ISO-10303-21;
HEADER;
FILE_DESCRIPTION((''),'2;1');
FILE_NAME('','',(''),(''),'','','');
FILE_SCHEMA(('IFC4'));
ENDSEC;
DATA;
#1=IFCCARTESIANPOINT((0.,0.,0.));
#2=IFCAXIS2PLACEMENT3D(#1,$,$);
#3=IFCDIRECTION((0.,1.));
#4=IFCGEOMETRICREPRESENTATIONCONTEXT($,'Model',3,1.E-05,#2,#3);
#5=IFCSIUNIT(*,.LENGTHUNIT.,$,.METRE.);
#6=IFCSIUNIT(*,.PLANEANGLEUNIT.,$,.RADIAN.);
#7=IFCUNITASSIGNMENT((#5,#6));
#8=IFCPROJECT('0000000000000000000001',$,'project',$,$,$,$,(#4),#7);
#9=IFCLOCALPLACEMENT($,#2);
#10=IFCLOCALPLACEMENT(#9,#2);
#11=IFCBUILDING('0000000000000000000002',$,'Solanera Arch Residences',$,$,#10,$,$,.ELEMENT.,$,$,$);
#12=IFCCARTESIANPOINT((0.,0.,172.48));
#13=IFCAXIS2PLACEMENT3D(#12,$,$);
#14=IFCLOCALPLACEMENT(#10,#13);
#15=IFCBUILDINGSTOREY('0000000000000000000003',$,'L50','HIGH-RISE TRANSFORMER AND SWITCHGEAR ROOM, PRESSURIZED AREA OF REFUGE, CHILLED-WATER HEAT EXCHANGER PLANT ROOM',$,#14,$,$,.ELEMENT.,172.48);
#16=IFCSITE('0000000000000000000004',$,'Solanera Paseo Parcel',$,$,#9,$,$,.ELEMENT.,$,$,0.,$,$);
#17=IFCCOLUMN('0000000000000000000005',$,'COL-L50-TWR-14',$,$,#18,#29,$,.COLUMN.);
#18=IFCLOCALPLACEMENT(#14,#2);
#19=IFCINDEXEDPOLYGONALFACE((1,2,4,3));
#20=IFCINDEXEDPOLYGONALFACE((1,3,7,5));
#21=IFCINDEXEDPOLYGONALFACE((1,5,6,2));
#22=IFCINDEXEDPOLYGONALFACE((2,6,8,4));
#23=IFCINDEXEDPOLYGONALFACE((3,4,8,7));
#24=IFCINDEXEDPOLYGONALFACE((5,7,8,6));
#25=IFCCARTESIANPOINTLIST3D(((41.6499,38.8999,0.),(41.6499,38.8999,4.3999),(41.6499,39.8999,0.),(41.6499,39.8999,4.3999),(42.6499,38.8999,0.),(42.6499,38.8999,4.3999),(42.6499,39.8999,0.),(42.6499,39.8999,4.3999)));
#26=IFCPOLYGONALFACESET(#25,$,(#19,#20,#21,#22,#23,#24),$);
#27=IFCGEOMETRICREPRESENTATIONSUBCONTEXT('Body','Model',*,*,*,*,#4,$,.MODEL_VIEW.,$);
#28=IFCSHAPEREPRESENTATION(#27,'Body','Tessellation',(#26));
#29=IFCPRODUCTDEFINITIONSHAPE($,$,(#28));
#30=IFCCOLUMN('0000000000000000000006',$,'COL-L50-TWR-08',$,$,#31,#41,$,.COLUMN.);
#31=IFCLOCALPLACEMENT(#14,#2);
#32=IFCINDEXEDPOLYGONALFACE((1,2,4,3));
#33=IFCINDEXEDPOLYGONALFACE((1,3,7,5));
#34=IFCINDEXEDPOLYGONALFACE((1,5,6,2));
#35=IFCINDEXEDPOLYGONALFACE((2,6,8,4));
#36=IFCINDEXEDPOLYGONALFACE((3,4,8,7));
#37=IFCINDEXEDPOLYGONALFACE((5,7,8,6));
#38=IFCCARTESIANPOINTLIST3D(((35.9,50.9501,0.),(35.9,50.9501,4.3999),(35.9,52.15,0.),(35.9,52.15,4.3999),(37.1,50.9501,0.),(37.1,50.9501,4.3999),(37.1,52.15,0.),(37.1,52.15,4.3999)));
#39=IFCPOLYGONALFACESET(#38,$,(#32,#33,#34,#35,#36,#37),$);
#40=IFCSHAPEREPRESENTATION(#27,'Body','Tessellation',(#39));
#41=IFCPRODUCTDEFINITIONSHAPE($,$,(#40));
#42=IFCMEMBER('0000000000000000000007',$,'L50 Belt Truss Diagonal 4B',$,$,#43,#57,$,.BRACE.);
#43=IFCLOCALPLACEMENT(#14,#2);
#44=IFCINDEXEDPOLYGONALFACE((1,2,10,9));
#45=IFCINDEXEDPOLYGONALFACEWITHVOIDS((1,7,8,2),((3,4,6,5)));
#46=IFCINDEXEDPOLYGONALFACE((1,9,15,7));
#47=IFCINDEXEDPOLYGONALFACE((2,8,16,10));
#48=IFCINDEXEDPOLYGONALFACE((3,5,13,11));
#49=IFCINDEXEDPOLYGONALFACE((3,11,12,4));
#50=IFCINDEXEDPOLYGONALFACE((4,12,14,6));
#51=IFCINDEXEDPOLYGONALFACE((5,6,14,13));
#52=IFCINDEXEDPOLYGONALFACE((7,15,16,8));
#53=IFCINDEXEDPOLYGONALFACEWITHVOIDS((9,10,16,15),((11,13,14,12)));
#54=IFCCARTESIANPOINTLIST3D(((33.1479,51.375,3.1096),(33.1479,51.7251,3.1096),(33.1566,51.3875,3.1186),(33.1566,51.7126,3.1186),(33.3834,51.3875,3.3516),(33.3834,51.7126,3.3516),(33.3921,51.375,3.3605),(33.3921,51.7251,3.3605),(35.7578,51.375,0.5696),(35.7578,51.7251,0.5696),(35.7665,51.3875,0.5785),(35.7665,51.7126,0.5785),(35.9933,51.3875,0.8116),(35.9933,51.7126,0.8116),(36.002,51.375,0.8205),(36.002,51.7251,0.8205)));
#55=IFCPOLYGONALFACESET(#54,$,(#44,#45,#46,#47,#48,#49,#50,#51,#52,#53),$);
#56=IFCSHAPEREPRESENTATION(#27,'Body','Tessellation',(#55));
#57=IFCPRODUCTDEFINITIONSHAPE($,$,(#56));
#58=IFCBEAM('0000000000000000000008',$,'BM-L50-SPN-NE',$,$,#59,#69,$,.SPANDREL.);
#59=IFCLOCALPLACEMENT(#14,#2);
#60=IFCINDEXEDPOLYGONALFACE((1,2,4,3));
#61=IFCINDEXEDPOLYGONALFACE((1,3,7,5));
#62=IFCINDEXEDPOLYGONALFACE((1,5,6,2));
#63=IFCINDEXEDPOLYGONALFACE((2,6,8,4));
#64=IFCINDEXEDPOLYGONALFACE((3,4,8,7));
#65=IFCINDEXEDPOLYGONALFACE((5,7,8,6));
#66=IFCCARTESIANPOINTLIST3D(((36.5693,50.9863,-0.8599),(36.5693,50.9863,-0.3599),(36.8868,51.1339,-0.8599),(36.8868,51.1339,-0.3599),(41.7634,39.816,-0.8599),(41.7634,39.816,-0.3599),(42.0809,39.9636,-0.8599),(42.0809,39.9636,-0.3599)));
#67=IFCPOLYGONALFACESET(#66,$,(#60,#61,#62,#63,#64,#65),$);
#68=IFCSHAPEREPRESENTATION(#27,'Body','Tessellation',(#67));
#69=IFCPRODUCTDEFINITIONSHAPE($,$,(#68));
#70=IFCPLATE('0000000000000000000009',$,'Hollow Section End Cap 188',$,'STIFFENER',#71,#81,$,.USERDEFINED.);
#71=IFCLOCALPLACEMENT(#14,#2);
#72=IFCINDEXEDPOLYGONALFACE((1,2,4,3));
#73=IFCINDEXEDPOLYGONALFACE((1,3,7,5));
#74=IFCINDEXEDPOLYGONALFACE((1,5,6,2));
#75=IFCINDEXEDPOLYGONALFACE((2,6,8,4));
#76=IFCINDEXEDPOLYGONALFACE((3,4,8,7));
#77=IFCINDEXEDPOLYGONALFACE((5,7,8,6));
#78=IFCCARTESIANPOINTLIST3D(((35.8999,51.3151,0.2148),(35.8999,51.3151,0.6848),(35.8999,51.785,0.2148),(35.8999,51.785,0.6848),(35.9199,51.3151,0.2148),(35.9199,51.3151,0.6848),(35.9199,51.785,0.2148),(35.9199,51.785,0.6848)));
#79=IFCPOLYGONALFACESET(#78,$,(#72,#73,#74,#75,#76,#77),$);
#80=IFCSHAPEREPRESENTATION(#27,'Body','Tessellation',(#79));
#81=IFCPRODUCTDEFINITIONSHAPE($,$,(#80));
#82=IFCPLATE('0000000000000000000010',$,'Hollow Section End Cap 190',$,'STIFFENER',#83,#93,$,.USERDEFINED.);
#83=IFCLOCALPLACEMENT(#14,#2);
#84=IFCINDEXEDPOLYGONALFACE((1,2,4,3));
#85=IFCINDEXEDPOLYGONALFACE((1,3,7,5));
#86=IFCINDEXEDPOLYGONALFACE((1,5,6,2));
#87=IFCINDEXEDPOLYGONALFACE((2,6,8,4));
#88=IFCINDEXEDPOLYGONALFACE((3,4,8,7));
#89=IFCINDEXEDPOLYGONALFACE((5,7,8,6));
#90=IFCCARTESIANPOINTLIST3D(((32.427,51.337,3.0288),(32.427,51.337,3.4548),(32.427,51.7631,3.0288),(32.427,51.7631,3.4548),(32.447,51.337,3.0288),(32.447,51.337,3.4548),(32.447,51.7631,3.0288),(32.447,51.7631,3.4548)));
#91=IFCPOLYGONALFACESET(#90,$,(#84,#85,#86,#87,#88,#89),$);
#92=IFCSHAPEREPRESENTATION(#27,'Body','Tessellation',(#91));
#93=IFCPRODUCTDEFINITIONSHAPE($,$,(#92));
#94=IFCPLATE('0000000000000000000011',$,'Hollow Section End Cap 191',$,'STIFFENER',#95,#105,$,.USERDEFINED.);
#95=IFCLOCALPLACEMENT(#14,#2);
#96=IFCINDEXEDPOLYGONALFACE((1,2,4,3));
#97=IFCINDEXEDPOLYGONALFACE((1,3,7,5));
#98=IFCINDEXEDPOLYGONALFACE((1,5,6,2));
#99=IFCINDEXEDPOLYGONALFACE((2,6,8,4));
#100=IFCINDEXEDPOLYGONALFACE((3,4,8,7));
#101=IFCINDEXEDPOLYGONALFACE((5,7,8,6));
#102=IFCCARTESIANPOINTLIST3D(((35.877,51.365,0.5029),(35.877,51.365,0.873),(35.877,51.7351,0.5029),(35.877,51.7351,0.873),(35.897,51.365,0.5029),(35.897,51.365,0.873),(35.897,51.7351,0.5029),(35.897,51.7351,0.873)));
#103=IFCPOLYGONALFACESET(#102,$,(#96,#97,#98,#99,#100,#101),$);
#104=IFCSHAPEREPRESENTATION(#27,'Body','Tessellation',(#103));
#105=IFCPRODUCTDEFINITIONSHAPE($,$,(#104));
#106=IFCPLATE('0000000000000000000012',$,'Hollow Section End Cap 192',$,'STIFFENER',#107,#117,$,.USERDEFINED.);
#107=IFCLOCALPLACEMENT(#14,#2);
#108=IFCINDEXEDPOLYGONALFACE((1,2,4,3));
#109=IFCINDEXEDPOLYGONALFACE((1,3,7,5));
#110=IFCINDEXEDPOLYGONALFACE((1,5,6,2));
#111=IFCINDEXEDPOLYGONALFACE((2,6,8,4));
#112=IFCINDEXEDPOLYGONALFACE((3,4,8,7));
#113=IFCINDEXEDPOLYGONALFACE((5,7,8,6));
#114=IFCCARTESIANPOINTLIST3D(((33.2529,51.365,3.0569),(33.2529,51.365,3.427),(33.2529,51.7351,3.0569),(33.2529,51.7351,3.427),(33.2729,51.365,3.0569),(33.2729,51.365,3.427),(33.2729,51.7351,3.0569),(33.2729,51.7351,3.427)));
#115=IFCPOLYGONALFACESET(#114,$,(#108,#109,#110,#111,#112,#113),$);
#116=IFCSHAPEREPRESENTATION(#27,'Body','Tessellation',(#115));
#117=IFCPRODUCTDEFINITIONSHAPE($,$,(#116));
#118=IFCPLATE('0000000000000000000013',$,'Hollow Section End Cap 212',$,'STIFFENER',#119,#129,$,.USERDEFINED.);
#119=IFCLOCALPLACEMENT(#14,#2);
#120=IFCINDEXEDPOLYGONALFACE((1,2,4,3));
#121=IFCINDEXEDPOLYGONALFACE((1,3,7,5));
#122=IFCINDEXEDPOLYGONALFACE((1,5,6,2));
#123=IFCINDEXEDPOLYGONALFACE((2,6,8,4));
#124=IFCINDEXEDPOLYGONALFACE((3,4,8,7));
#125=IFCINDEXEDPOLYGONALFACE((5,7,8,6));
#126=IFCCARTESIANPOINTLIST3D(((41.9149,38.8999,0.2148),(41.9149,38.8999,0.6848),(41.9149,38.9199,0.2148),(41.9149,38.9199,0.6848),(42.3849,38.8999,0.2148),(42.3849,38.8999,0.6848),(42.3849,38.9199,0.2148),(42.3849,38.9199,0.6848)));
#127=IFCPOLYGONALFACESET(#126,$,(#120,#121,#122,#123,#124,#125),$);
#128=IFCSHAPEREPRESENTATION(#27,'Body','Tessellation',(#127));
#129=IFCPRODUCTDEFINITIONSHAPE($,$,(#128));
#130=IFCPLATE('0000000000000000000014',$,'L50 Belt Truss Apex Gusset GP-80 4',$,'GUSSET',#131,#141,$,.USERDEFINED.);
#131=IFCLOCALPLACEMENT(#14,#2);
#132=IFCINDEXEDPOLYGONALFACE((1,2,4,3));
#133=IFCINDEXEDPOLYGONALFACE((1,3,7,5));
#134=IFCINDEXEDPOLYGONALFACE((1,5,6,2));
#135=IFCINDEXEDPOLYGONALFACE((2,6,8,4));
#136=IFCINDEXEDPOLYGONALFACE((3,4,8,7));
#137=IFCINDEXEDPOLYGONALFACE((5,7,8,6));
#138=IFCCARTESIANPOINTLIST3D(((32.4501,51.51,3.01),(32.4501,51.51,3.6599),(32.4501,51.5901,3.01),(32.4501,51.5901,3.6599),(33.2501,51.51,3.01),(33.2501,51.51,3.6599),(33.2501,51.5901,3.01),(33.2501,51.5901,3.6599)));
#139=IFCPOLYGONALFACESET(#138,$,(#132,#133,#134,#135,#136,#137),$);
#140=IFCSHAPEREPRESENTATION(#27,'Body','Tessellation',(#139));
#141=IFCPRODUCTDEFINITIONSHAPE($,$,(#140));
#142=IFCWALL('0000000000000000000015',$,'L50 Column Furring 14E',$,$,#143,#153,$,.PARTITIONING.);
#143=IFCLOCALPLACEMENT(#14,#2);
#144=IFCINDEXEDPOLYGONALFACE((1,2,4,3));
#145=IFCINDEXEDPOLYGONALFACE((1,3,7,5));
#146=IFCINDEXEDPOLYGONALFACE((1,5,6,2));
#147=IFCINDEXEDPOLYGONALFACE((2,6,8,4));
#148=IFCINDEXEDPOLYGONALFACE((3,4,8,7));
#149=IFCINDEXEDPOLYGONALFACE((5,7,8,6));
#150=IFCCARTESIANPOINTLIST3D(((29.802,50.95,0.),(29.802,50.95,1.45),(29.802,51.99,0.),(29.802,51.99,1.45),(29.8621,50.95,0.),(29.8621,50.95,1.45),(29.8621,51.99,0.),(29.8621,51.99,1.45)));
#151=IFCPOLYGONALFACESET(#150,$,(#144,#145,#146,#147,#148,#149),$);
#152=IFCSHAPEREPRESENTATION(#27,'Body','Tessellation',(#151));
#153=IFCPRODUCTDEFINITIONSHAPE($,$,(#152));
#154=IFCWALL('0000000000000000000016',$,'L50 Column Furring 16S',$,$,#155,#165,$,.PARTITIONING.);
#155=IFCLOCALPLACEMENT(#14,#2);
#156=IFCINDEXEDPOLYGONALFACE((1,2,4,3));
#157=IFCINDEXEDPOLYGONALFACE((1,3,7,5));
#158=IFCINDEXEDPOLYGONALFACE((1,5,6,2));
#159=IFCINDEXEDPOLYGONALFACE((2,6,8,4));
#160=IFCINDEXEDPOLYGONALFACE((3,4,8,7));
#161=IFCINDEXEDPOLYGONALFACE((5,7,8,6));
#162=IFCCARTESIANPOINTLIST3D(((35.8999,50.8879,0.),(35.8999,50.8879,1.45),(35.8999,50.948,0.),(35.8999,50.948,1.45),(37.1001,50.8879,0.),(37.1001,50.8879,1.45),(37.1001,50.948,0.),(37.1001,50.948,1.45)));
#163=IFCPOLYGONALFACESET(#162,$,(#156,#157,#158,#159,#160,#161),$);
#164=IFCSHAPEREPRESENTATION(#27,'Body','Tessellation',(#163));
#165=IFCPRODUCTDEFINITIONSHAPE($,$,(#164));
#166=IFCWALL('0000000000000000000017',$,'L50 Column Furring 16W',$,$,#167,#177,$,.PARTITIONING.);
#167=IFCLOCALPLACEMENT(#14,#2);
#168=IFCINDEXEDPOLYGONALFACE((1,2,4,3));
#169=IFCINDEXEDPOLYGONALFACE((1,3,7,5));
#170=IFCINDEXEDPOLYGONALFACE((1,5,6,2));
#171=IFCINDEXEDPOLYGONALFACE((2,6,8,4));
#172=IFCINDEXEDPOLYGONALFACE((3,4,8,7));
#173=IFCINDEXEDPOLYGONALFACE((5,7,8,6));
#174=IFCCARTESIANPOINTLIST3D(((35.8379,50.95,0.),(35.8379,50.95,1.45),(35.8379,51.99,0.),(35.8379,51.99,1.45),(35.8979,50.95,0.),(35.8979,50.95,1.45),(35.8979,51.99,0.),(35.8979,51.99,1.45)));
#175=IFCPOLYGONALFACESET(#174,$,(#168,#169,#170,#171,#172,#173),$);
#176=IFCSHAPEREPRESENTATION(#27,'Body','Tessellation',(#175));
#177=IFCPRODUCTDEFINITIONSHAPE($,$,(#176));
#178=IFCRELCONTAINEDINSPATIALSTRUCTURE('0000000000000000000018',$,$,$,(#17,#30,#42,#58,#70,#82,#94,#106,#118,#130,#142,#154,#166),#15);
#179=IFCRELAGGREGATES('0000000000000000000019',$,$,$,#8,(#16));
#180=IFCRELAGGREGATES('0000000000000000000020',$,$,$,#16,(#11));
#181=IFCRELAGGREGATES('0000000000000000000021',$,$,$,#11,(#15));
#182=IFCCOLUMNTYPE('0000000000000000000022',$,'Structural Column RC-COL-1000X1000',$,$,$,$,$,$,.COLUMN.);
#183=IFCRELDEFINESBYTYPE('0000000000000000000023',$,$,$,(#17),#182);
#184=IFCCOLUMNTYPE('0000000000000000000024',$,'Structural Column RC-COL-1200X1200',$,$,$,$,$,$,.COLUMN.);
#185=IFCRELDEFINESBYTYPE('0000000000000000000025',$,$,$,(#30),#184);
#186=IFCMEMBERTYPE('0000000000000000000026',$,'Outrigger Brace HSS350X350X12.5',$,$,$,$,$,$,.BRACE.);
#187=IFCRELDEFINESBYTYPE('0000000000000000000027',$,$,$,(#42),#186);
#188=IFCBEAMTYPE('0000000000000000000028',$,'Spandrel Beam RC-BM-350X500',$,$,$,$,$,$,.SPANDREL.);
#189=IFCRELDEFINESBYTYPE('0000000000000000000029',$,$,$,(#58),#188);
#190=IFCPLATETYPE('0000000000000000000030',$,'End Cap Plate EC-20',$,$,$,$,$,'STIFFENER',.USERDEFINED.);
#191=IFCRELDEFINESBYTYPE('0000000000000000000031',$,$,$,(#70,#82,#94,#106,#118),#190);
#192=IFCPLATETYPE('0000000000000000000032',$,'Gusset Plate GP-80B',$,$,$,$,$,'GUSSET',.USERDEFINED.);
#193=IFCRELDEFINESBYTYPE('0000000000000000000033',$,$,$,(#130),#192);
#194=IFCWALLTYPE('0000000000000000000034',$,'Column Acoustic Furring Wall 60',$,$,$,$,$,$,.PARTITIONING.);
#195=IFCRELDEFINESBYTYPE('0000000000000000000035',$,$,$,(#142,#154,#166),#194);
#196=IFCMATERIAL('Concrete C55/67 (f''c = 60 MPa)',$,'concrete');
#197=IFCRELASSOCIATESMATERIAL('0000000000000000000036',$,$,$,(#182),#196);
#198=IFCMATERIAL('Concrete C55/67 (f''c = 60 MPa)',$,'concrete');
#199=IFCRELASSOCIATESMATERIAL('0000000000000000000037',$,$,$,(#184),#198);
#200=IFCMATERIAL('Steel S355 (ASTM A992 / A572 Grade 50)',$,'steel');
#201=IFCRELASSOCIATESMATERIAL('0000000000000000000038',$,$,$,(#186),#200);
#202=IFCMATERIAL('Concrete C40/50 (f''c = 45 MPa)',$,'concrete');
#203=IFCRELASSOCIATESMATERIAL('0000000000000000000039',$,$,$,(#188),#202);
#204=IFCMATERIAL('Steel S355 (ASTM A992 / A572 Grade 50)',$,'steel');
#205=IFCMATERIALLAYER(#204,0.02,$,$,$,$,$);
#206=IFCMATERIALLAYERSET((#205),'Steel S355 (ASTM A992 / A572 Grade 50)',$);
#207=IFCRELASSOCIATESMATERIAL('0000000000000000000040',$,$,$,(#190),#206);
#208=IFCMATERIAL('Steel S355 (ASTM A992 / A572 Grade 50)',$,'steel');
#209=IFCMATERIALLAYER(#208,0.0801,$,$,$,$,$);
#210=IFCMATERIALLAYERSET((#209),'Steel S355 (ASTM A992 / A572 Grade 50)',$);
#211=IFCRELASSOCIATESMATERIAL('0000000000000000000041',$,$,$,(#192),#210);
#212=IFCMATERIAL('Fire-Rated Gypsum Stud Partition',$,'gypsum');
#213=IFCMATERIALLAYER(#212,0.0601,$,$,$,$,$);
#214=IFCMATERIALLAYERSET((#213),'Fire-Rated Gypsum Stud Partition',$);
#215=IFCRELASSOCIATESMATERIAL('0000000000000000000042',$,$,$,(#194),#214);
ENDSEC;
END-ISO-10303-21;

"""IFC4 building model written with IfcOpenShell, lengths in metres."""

from ifc_helpers import new_model, si_unit, direction, frame, frame_2d, origin, origin_2d, place, context, subcontext, project, spatial, rectangle, hollow_rectangle, extrude, material, layer, layer_set, material_profile, profile_set, type_object, element, save


model = new_model("IFC4")

# Units and contexts
model_context = context("Model", 3, precision=1e-05, world=origin(), true_north=direction((0.0, 1.0)))
body_context = subcontext(model_context, "Body", "Model", "MODEL_VIEW")
ifc_project = project(units=[si_unit("LENGTHUNIT", "METRE"), si_unit("PLANEANGLEUNIT", "RADIAN")], contexts=[model_context])

# Site, building, storey
site_placement = place(None, origin())
site = spatial("IfcSite", under=ifc_project, at=site_placement, Name="Solanera Paseo Parcel", CompositionType="ELEMENT", RefElevation=0.0)
building_placement = place(site_placement, origin())
building = spatial("IfcBuilding", under=site, at=building_placement, Name="Solanera Arch Residences", CompositionType="ELEMENT")
storey_placement = place(building_placement, frame((0.0, 0.0, 172.48)))
storey = spatial("IfcBuildingStorey", under=building, at=storey_placement, Name="L50", Description="HIGH-RISE TRANSFORMER AND SWITCHGEAR ROOM, PRESSURIZED AREA OF REFUGE, CHILLED-WATER HEAT EXCHANGER PLANT ROOM", CompositionType="ELEMENT", Elevation=172.48)

# Columns
ifc_material_1 = material(Name="Concrete C55/67 (f'c = 60 MPa)", Category="concrete")
ifc_material_profile_1 = material_profile(ifc_material_1, rectangle(XDim=1.0, YDim=1.0, at=origin_2d()))
ifc_profile_set_1 = profile_set([ifc_material_profile_1], Name="Concrete C55/67 (f'c = 60 MPa)")
column_type_1 = type_object("IfcColumnType", Name="Structural Column RC-COL-1000X1000", PredefinedType="COLUMN", material=ifc_profile_set_1)
column_1_placement = place(storey_placement, frame((42.1499, 39.3999, 0.0), z_axis=(0.0, 0.0, 1.0), x_axis=(1.0, 0.0, 0.0)))
element("IfcColumn", 1, at=column_1_placement, inside=storey, type_object=column_type_1, Name="COL-L50-TWR-14", PredefinedType="COLUMN", context=body_context, shape_type="SweptSolid", body=[
    extrude(rectangle(XDim=1.0, YDim=1.0, at=origin_2d()), origin(), (0.0, 0.0, 1.0), 4.3999),
])
ifc_material_2 = material(Name="Concrete C55/67 (f'c = 60 MPa)", Category="concrete")
ifc_material_profile_2 = material_profile(ifc_material_2, rectangle(XDim=1.2, YDim=1.2, at=origin_2d()))
ifc_profile_set_2 = profile_set([ifc_material_profile_2], Name="Concrete C55/67 (f'c = 60 MPa)")
column_type_2 = type_object("IfcColumnType", Name="Structural Column RC-COL-1200X1200", PredefinedType="COLUMN", material=ifc_profile_set_2)
column_2_placement = place(storey_placement, frame((36.5, 51.55, 0.0), z_axis=(0.0, 0.0, 1.0), x_axis=(1.0, 0.0, 0.0)))
element("IfcColumn", 2, at=column_2_placement, inside=storey, type_object=column_type_2, Name="COL-L50-TWR-08", PredefinedType="COLUMN", context=body_context, shape_type="SweptSolid", body=[
    extrude(rectangle(XDim=1.2, YDim=1.2, at=origin_2d()), origin(), (0.0, 0.0, 1.0), 4.3999),
])

# Member
ifc_material_3 = material(Name="Steel S355 (ASTM A992 / A572 Grade 50)", Category="steel")
ifc_material_profile_3 = material_profile(ifc_material_3, hollow_rectangle(XDim=0.3501, YDim=0.3501, WallThickness=0.0125, at=origin_2d()))
ifc_profile_set_3 = profile_set([ifc_material_profile_3], Name="Steel S355 (ASTM A992 / A572 Grade 50)")
member_type = type_object("IfcMemberType", Name="Outrigger Brace HSS350X350X12.5", PredefinedType="BRACE", material=ifc_profile_set_3)
member_placement = place(storey_placement, frame((35.8799, 51.55, 0.6951), z_axis=(-0.716628, 0.0, 0.697455), x_axis=(0.0, -1.0, 0.0)))
element("IfcMember", 3, at=member_placement, inside=storey, type_object=member_type, Name="L50 Belt Truss Diagonal 4B", PredefinedType="BRACE", context=body_context, shape_type="SweptSolid", body=[
    extrude(hollow_rectangle(XDim=0.3501, YDim=0.3501, WallThickness=0.0125, at=origin_2d()), origin(), (0.0, 0.0, 1.0), 3.6418),
])

# Beam
ifc_material_4 = material(Name="Concrete C40/50 (f'c = 45 MPa)", Category="concrete")
ifc_material_profile_4 = material_profile(ifc_material_4, rectangle(XDim=0.3501, YDim=0.5, at=origin_2d()))
ifc_profile_set_4 = profile_set([ifc_material_profile_4], Name="Concrete C40/50 (f'c = 45 MPa)")
beam_type = type_object("IfcBeamType", Name="Spandrel Beam RC-BM-350X500", PredefinedType="SPANDREL", material=ifc_profile_set_4)
beam_placement = place(storey_placement, frame((36.728, 51.0601, -0.6099), z_axis=(0.421642, -0.906763, 0.0), x_axis=(0.906763, 0.421642, 0.0)))
element("IfcBeam", 4, at=beam_placement, inside=storey, type_object=beam_type, Name="BM-L50-SPN-NE", PredefinedType="SPANDREL", context=body_context, shape_type="SweptSolid", body=[
    extrude(rectangle(XDim=0.3501, YDim=0.5, at=origin_2d()), origin(), (0.0, 0.0, 1.0), 12.3188),
])

# Plates
ifc_material_5 = material(Name="Steel S355 (ASTM A992 / A572 Grade 50)", Category="steel")
ifc_layer_1 = layer(ifc_material_5, 0.02)
ifc_layer_set_1 = layer_set([ifc_layer_1], Name="Steel S355 (ASTM A992 / A572 Grade 50)")
plate_type_1 = type_object("IfcPlateType", Name="End Cap Plate EC-20", ElementType="STIFFENER", PredefinedType="USERDEFINED", material=ifc_layer_set_1)
plate_1_placement = place(storey_placement, frame((35.9099, 51.55, 0.2148), z_axis=(0.0, 0.0, 1.0), x_axis=(1.0, 0.0, 0.0)))
element("IfcPlate", 5, at=plate_1_placement, inside=storey, type_object=plate_type_1, Name="Hollow Section End Cap 188", ObjectType="STIFFENER", PredefinedType="USERDEFINED", context=body_context, shape_type="SweptSolid", body=[
    extrude(rectangle(XDim=0.02, YDim=0.47, at=origin_2d()), origin(), (0.0, 0.0, 1.0), 0.47),
])
plate_2_placement = place(storey_placement, frame((32.437, 51.55, 3.0288), z_axis=(0.0, 0.0, 1.0), x_axis=(1.0, 0.0, 0.0)))
element("IfcPlate", 6, at=plate_2_placement, inside=storey, type_object=plate_type_1, Name="Hollow Section End Cap 190", ObjectType="STIFFENER", PredefinedType="USERDEFINED", context=body_context, shape_type="SweptSolid", body=[
    extrude(rectangle(XDim=0.02, YDim=0.426, at=origin_2d()), origin(), (0.0, 0.0, 1.0), 0.426),
])
for number, where, z_axis, x_axis, name in (
    (7, (35.887, 51.55, 0.5029), (0.0, 0.0, 1.0), (1.0, 0.0, 0.0), "Hollow Section End Cap 191"),
    (8, (33.2629, 51.55, 3.0569), (0.0, 0.0, 1.0), (-1.0, 0.0, 0.0), "Hollow Section End Cap 192"),
):
    element("IfcPlate", number, at=place(storey_placement, frame(where, z_axis=z_axis, x_axis=x_axis)), inside=storey, type_object=plate_type_1, Name=name, ObjectType="STIFFENER", PredefinedType="USERDEFINED", context=body_context, shape_type="SweptSolid", body=[
        extrude(rectangle(XDim=0.02, YDim=0.3701, at=origin_2d()), origin(), (0.0, 0.0, 1.0), 0.3701),
    ])
plate_3_placement = place(storey_placement, frame((42.1499, 38.9099, 0.2148), z_axis=(0.0, 0.0, 1.0), x_axis=(0.0, 1.0, 0.0)))
element("IfcPlate", 9, at=plate_3_placement, inside=storey, type_object=plate_type_1, Name="Hollow Section End Cap 212", ObjectType="STIFFENER", PredefinedType="USERDEFINED", context=body_context, shape_type="SweptSolid", body=[
    extrude(rectangle(XDim=0.02, YDim=0.47, at=origin_2d()), origin(), (0.0, 0.0, 1.0), 0.47),
])
ifc_material_6 = material(Name="Steel S355 (ASTM A992 / A572 Grade 50)", Category="steel")
ifc_layer_2 = layer(ifc_material_6, 0.0801)
ifc_layer_set_2 = layer_set([ifc_layer_2], Name="Steel S355 (ASTM A992 / A572 Grade 50)")
plate_type_2 = type_object("IfcPlateType", Name="Gusset Plate GP-80B", ElementType="GUSSET", PredefinedType="USERDEFINED", material=ifc_layer_set_2)
plate_4_placement = place(storey_placement, frame((32.8501, 51.55, 3.01), z_axis=(0.0, 0.0, 1.0), x_axis=(1.0, 0.0, 0.0)))
element("IfcPlate", 10, at=plate_4_placement, inside=storey, type_object=plate_type_2, Name="L50 Belt Truss Apex Gusset GP-80 4", ObjectType="GUSSET", PredefinedType="USERDEFINED", context=body_context, shape_type="SweptSolid", body=[
    extrude(rectangle(XDim=0.8, YDim=0.0801, at=origin_2d()), origin(), (0.0, 0.0, 1.0), 0.6499),
])

# Walls
ifc_material_7 = material(Name="Fire-Rated Gypsum Stud Partition", Category="gypsum")
ifc_layer_3 = layer(ifc_material_7, 0.0601)
ifc_layer_set_3 = layer_set([ifc_layer_3], Name="Fire-Rated Gypsum Stud Partition")
wall_type_1 = type_object("IfcWallType", Name="Column Acoustic Furring Wall 60", PredefinedType="PARTITIONING", material=ifc_layer_set_3)
wall_1_placement = place(storey_placement, frame((29.832, 50.95, 0.0), z_axis=(0.0, 0.0, 1.0), x_axis=(0.0, 1.0, 0.0)))
element("IfcWall", 11, at=wall_1_placement, inside=storey, type_object=wall_type_1, Name="L50 Column Furring 14E", PredefinedType="PARTITIONING", context=body_context, shape_type="SweptSolid", body=[
    extrude(rectangle(XDim=1.04, YDim=0.0601, at=frame_2d((0.52, 0.0))), origin(), (0.0, 0.0, 1.0), 1.45),
])
wall_2_placement = place(storey_placement, frame((35.8999, 50.918, 0.0), z_axis=(0.0, 0.0, 1.0), x_axis=(1.0, 0.0, 0.0)))
element("IfcWall", 12, at=wall_2_placement, inside=storey, type_object=wall_type_1, Name="L50 Column Furring 16S", PredefinedType="PARTITIONING", context=body_context, shape_type="SweptSolid", body=[
    extrude(rectangle(XDim=1.2002, YDim=0.0601, at=frame_2d((0.6001, 0.0))), origin(), (0.0, 0.0, 1.0), 1.45),
])
for number, where, z_axis, x_axis, name in (
    (13, (35.8679, 50.95, 0.0), (0.0, 0.0, 1.0), (0.0, 1.0, 0.0), "L50 Column Furring 16W"),
):
    element("IfcWall", number, at=place(storey_placement, frame(where, z_axis=z_axis, x_axis=x_axis)), inside=storey, type_object=wall_type_1, Name=name, PredefinedType="PARTITIONING", context=body_context, shape_type="SweptSolid", body=[
        extrude(rectangle(XDim=1.04, YDim=0.0601, at=frame_2d((0.52, 0.0))), origin(), (0.0, 0.0, 1.0), 1.45),
    ])

save(model, "model.ifc")
